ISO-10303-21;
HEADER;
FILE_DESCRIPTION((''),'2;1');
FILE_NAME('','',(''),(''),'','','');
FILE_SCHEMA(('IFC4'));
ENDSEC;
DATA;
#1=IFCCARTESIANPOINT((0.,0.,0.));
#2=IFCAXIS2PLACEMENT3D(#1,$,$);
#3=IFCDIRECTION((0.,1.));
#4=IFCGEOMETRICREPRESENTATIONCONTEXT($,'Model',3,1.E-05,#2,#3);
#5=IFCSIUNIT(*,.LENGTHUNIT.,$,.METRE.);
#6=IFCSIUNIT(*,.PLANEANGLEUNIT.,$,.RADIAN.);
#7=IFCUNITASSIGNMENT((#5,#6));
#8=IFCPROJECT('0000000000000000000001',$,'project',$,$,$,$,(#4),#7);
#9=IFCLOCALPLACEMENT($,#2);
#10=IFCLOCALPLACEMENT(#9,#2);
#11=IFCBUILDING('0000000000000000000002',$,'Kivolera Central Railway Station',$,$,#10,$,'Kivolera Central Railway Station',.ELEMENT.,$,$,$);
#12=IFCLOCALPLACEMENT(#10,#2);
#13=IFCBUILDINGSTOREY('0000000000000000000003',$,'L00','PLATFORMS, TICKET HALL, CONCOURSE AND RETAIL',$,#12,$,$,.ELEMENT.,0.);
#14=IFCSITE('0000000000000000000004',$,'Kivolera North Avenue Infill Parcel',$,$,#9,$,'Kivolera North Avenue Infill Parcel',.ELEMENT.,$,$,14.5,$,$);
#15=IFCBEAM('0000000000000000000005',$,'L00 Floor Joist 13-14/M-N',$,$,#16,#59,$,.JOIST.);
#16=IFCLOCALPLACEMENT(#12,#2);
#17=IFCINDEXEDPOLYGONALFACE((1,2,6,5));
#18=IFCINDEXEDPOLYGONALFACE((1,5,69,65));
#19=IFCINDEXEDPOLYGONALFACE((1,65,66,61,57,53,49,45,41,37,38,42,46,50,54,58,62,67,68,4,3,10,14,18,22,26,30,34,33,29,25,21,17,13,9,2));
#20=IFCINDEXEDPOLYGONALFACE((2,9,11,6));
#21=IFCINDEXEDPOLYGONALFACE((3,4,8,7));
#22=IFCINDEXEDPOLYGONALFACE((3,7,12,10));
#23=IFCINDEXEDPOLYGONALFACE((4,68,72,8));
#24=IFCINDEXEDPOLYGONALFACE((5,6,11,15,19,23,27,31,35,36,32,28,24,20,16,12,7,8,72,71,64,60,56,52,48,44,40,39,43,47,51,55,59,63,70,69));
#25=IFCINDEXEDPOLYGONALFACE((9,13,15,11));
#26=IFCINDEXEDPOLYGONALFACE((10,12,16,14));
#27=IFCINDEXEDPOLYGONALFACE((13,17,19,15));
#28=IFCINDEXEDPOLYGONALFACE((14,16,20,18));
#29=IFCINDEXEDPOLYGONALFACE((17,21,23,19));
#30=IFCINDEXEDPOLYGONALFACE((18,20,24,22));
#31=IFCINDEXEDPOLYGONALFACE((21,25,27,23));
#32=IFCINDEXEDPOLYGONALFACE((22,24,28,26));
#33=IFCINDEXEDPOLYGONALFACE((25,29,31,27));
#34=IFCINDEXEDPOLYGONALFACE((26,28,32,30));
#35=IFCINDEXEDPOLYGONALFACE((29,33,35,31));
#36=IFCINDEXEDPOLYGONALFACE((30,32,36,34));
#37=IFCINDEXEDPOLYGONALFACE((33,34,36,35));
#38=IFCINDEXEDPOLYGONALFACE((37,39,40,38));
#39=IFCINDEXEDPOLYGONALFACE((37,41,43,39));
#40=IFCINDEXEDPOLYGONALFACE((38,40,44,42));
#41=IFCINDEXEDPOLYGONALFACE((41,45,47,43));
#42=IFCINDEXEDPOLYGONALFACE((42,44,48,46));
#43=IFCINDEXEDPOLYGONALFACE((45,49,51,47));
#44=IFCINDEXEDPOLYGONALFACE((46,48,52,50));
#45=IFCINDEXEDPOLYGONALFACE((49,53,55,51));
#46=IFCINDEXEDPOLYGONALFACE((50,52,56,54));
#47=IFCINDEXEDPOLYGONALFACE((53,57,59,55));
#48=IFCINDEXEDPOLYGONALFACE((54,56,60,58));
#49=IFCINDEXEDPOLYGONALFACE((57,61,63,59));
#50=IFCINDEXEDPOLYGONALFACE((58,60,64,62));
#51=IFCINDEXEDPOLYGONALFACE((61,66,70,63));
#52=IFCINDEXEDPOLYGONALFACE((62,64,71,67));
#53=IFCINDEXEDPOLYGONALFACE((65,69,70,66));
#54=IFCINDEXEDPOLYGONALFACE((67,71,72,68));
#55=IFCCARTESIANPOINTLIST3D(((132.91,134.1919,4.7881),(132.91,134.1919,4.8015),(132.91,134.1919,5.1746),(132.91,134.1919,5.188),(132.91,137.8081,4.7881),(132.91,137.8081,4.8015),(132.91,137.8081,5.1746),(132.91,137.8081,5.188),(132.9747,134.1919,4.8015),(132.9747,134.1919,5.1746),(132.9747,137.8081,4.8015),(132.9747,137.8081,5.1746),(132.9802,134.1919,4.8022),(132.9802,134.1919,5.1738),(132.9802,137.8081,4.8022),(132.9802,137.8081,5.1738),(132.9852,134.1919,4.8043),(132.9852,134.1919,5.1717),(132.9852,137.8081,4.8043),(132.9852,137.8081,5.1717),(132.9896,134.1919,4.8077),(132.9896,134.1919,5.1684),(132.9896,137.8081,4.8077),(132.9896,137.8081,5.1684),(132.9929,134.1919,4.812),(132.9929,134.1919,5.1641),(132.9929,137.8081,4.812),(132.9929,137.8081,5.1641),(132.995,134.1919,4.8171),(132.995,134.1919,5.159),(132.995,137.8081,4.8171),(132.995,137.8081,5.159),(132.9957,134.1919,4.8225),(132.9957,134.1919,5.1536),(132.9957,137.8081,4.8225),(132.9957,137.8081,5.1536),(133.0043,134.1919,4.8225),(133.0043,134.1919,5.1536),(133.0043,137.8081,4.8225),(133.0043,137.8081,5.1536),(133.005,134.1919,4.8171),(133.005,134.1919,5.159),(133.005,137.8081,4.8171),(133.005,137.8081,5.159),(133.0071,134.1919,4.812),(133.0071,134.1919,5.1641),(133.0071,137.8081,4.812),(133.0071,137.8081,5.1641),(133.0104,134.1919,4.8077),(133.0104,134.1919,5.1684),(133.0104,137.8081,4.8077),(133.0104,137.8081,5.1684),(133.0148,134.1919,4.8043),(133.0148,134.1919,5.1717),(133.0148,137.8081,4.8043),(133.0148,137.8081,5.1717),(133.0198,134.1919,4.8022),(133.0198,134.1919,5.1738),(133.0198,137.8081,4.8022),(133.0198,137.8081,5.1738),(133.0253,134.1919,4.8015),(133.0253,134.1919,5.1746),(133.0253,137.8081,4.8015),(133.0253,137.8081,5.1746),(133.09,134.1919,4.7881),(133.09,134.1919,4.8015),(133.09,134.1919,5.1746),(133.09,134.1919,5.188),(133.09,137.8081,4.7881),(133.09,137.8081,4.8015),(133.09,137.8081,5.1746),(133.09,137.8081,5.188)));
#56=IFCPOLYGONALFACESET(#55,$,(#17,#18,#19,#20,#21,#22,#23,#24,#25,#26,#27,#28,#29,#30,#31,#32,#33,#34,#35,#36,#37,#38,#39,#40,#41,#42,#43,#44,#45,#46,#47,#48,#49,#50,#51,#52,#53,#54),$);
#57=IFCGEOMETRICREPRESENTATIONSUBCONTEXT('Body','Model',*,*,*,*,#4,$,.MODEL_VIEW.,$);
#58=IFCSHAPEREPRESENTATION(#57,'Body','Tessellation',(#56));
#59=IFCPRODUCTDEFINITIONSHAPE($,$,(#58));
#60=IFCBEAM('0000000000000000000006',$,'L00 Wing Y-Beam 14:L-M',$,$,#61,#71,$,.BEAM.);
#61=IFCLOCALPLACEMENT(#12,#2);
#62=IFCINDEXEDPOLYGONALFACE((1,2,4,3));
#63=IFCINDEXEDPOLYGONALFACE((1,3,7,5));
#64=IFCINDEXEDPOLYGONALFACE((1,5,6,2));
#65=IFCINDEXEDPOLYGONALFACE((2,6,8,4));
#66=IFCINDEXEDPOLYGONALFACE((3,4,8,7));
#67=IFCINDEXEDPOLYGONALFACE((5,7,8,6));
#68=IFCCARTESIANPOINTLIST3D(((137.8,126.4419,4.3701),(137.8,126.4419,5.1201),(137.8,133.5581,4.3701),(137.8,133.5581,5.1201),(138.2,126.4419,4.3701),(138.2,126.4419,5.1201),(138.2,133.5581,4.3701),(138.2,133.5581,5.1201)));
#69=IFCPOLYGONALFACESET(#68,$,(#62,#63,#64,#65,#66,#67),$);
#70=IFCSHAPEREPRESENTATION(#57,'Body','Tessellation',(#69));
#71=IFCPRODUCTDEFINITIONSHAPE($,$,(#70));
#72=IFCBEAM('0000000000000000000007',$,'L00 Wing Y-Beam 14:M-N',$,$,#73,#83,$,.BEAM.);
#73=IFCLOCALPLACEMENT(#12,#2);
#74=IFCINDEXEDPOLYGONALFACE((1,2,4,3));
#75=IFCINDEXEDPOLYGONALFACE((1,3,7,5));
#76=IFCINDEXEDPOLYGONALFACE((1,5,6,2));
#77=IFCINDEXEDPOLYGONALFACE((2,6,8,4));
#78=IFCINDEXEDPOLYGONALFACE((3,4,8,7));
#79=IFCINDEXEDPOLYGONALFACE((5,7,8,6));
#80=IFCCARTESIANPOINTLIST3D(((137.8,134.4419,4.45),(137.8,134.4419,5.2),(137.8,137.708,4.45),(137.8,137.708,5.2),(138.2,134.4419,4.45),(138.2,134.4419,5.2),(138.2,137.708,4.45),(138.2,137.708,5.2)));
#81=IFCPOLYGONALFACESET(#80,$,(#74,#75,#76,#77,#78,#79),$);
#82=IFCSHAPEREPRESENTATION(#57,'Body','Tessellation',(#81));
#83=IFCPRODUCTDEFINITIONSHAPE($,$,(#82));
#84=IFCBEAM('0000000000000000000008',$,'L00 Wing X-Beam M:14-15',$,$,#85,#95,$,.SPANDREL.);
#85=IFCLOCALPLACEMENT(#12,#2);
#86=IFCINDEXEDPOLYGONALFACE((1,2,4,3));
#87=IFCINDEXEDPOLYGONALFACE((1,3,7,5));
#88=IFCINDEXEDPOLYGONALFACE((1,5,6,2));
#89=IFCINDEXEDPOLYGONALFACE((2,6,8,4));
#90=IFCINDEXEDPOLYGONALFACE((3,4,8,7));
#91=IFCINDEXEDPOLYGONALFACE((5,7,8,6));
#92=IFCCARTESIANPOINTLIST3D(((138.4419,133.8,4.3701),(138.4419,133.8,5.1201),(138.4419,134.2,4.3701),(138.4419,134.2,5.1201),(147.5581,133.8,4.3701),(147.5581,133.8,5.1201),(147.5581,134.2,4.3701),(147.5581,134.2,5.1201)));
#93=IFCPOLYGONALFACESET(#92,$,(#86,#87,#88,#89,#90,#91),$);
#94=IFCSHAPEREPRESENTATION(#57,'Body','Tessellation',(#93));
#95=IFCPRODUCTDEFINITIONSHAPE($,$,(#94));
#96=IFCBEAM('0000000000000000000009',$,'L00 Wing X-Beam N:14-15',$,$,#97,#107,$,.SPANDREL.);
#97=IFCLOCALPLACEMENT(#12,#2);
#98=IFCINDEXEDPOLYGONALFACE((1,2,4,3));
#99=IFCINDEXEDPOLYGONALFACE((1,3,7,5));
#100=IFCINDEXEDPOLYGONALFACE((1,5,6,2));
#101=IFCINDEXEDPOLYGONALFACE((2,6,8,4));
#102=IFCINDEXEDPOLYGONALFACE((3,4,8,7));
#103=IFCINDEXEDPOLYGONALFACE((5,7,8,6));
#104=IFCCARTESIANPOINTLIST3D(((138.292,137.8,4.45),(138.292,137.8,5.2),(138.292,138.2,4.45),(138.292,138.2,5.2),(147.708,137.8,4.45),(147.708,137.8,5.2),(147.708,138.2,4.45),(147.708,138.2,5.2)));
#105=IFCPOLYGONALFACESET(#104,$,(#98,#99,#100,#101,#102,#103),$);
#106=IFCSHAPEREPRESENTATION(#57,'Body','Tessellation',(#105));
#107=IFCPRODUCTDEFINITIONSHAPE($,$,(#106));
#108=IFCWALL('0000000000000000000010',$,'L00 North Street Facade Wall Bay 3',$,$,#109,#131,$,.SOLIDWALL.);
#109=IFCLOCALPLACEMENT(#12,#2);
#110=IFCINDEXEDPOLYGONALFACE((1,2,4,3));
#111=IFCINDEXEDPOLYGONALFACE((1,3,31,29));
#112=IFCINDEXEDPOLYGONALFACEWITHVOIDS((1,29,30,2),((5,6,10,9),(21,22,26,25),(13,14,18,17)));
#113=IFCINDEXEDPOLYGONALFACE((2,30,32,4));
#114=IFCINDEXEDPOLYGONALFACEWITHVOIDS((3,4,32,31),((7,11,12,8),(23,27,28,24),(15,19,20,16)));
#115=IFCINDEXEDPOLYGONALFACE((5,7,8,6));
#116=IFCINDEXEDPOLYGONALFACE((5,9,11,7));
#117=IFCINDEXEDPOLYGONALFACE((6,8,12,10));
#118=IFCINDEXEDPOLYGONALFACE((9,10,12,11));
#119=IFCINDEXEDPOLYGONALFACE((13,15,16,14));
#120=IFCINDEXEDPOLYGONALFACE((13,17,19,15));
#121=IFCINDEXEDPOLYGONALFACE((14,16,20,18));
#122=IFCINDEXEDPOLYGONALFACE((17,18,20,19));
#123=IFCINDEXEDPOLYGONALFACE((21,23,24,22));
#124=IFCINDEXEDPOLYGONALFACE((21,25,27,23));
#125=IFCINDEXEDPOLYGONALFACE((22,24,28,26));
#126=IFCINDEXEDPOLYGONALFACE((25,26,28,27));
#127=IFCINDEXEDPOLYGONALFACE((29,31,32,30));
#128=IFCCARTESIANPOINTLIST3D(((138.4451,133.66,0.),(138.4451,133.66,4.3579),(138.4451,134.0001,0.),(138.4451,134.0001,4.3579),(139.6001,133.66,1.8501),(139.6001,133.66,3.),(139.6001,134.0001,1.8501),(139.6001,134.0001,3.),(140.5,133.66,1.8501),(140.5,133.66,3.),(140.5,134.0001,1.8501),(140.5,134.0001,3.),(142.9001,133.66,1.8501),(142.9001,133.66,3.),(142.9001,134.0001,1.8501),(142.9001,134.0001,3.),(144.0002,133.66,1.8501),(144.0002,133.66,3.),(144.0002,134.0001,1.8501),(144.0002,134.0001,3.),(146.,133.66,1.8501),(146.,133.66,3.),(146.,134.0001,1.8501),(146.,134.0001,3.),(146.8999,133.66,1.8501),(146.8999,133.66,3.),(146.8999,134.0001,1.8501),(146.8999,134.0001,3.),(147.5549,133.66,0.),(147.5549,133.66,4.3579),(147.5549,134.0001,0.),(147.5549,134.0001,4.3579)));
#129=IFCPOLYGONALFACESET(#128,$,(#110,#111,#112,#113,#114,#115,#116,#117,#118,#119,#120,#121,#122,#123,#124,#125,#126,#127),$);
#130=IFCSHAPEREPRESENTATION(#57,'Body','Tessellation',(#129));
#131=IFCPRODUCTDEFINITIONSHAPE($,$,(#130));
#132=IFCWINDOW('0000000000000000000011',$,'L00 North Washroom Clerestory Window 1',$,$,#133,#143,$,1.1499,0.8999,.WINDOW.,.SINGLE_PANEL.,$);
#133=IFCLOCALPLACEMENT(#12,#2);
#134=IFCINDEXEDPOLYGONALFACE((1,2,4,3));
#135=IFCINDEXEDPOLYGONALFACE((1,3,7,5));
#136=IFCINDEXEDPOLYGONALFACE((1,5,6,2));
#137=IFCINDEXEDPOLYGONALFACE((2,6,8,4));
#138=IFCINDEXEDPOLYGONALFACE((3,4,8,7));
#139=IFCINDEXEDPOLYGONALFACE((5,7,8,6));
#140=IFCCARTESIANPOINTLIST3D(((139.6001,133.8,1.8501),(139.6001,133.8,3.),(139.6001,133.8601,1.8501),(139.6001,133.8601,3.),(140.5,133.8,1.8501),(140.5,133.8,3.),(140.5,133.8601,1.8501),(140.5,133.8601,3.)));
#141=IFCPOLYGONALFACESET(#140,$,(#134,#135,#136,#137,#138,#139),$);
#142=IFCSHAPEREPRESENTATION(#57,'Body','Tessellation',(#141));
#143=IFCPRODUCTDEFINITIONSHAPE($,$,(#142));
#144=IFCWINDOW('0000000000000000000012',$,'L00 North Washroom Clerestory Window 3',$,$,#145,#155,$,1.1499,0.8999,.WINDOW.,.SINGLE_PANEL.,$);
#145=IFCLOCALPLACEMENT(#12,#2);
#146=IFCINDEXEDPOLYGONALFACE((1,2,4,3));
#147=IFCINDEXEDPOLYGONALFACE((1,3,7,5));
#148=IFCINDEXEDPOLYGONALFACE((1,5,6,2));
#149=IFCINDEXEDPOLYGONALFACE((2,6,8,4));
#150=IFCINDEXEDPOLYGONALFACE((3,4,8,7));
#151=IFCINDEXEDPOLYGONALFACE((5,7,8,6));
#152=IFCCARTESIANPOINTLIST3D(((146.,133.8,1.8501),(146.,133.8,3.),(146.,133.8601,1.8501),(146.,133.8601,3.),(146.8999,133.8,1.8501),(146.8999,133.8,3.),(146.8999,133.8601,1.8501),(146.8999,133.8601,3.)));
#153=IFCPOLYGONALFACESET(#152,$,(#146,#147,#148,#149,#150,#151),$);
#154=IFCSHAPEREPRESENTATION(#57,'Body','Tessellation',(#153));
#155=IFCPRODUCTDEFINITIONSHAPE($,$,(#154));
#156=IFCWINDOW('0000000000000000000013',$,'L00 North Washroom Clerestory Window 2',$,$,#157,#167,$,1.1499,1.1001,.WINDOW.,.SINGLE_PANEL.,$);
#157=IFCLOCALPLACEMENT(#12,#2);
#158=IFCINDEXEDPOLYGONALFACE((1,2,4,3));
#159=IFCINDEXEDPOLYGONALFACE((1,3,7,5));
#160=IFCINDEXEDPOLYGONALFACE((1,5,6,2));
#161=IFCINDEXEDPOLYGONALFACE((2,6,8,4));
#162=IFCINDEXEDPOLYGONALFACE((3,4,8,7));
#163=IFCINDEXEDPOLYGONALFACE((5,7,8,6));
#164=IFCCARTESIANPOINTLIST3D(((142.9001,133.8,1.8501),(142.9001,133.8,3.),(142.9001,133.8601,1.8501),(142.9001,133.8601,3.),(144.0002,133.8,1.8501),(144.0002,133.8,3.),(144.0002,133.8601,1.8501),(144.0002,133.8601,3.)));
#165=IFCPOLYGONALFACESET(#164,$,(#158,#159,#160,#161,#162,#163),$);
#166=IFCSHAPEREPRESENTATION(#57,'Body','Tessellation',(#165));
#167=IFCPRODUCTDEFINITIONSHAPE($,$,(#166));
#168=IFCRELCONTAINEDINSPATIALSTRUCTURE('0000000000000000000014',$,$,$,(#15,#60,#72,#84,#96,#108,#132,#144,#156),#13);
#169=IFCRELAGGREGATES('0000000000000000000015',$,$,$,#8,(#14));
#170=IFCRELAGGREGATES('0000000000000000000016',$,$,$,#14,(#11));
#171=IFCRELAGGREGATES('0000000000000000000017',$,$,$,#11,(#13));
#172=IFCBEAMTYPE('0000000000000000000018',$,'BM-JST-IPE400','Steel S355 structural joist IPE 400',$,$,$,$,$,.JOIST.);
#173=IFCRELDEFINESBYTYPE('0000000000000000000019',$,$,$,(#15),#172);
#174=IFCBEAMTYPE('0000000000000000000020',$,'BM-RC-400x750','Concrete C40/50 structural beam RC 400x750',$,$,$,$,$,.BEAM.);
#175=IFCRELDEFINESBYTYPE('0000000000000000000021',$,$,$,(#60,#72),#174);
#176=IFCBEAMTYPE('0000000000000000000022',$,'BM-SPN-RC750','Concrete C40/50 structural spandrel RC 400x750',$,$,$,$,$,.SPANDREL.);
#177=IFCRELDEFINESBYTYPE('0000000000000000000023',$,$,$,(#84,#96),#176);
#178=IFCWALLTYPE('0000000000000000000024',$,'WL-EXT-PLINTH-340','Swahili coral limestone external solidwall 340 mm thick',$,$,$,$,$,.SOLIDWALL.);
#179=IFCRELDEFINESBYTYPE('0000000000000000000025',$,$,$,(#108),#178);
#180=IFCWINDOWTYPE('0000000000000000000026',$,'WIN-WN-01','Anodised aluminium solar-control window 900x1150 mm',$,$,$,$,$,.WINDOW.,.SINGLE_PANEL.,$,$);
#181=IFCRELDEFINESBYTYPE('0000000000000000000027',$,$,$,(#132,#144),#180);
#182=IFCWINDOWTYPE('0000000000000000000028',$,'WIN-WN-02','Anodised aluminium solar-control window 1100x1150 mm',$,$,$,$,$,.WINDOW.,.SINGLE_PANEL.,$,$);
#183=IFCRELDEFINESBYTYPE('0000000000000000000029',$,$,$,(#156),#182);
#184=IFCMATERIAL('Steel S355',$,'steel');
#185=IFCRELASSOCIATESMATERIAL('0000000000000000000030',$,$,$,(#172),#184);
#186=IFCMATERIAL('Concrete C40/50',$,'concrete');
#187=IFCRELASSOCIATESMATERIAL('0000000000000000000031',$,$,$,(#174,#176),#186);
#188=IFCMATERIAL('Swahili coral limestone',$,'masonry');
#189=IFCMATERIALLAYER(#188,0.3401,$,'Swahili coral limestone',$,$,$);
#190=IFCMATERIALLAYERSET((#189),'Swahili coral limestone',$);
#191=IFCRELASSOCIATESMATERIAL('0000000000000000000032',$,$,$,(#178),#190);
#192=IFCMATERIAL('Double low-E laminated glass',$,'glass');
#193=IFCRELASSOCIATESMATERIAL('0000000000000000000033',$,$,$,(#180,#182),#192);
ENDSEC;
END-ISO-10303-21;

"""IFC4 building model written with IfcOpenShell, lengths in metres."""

from ifc_helpers import new_model, si_unit, direction, frame, frame_2d, origin, origin_2d, place, context, subcontext, project, spatial, rectangle, i_section, extrude, material, layer, layer_set, material_profile, profile_set, type_object, element, fill, save


model = new_model("IFC4")

# Units and contexts
model_context = context("Model", 3, precision=1e-05, world=origin(), true_north=direction((0.0, 1.0)))
body_context = subcontext(model_context, "Body", "Model", "MODEL_VIEW")
ifc_project = project(units=[si_unit("LENGTHUNIT", "METRE"), si_unit("PLANEANGLEUNIT", "RADIAN")], contexts=[model_context])

# Site, building, storey
site_placement = place(None, origin())
site = spatial("IfcSite", under=ifc_project, at=site_placement, Name="Kivolera North Avenue Infill Parcel", LongName="Kivolera North Avenue Infill Parcel", CompositionType="ELEMENT", RefElevation=14.5)
building_placement = place(site_placement, origin())
building = spatial("IfcBuilding", under=site, at=building_placement, Name="Kivolera Central Railway Station", LongName="Kivolera Central Railway Station", CompositionType="ELEMENT")
storey_placement = place(building_placement, origin())
storey = spatial("IfcBuildingStorey", under=building, at=storey_placement, Name="L00", Description="PLATFORMS, TICKET HALL, CONCOURSE AND RETAIL", CompositionType="ELEMENT", Elevation=0.0)

# Shared definitions
ifc_material_1 = material(Name="Concrete C40/50", Category="concrete")

# Beams
ifc_material_2 = material(Name="Steel S355", Category="steel")
ifc_material_profile_1 = material_profile(ifc_material_2, i_section(OverallWidth=0.1799, OverallDepth=0.3999, WebThickness=0.0085, FlangeThickness=0.0134, FilletRadius=0.021, at=origin_2d()), Name="IPE 400")
ifc_profile_set_1 = profile_set([ifc_material_profile_1], Name="Steel S355")
beam_type_1 = type_object("IfcBeamType", Name="BM-JST-IPE400", Description="Steel S355 structural joist IPE 400", PredefinedType="JOIST", material=ifc_profile_set_1)
beam_1_placement = place(storey_placement, frame((133.0, 134.1919, 4.988), z_axis=(0.0, 1.0, 0.0), x_axis=(-1.0, 0.0, 0.0)))
element("IfcBeam", 1, at=beam_1_placement, inside=storey, type_object=beam_type_1, Name="L00 Floor Joist 13-14/M-N", PredefinedType="JOIST", context=body_context, shape_type="SweptSolid", body=[
    extrude(i_section(OverallWidth=0.1799, OverallDepth=0.3999, WebThickness=0.0085, FlangeThickness=0.0134, FilletRadius=0.021, at=origin_2d()), origin(), (0.0, 0.0, 1.0), 3.6162),
])
ifc_material_profile_2 = material_profile(ifc_material_1, rectangle(XDim=0.3999, YDim=0.75, at=origin_2d()), Name="RC 400x750")
ifc_profile_set_2 = profile_set([ifc_material_profile_2], Name="Concrete C40/50")
beam_type_2 = type_object("IfcBeamType", Name="BM-RC-400x750", Description="Concrete C40/50 structural beam RC 400x750", PredefinedType="BEAM", material=ifc_profile_set_2)
beam_2_placement = place(storey_placement, frame((138.0, 126.4419, 4.7451), z_axis=(0.0, 1.0, 0.0), x_axis=(-1.0, 0.0, 0.0)))
element("IfcBeam", 2, at=beam_2_placement, inside=storey, type_object=beam_type_2, Name="L00 Wing Y-Beam 14:L-M", PredefinedType="BEAM", context=body_context, shape_type="SweptSolid", body=[
    extrude(rectangle(XDim=0.3999, YDim=0.75, at=origin_2d()), origin(), (0.0, 0.0, 1.0), 7.1162),
])
beam_3_placement = place(storey_placement, frame((138.0, 134.4419, 4.825), z_axis=(0.0, 1.0, 0.0), x_axis=(-1.0, 0.0, 0.0)))
element("IfcBeam", 3, at=beam_3_placement, inside=storey, type_object=beam_type_2, Name="L00 Wing Y-Beam 14:M-N", PredefinedType="BEAM", context=body_context, shape_type="SweptSolid", body=[
    extrude(rectangle(XDim=0.3999, YDim=0.75, at=origin_2d()), origin(), (0.0, 0.0, 1.0), 3.2661),
])
ifc_material_profile_3 = material_profile(ifc_material_1, rectangle(XDim=0.3999, YDim=0.75, at=origin_2d()), Name="RC 400x750")
ifc_profile_set_3 = profile_set([ifc_material_profile_3], Name="Concrete C40/50")
beam_type_3 = type_object("IfcBeamType", Name="BM-SPN-RC750", Description="Concrete C40/50 structural spandrel RC 400x750", PredefinedType="SPANDREL", material=ifc_profile_set_3)
beam_4_placement = place(storey_placement, frame((138.4419, 134.0, 4.7451), z_axis=(1.0, 0.0, 0.0), x_axis=(0.0, 1.0, 0.0)))
element("IfcBeam", 4, at=beam_4_placement, inside=storey, type_object=beam_type_3, Name="L00 Wing X-Beam M:14-15", PredefinedType="SPANDREL", context=body_context, shape_type="SweptSolid", body=[
    extrude(rectangle(XDim=0.3999, YDim=0.75, at=origin_2d()), origin(), (0.0, 0.0, 1.0), 9.1162),
])
beam_5_placement = place(storey_placement, frame((138.292, 138.0, 4.825), z_axis=(1.0, 0.0, 0.0), x_axis=(0.0, 1.0, 0.0)))
element("IfcBeam", 5, at=beam_5_placement, inside=storey, type_object=beam_type_3, Name="L00 Wing X-Beam N:14-15", PredefinedType="SPANDREL", context=body_context, shape_type="SweptSolid", body=[
    extrude(rectangle(XDim=0.3999, YDim=0.75, at=origin_2d()), origin(), (0.0, 0.0, 1.0), 9.416),
])

# Wall, openings, windows
ifc_material_3 = material(Name="Swahili coral limestone", Category="masonry")
ifc_layer_1 = layer(ifc_material_3, 0.3401, Name="Swahili coral limestone")
ifc_layer_set_1 = layer_set([ifc_layer_1], Name="Swahili coral limestone")
wall_type_1 = type_object("IfcWallType", Name="WL-EXT-PLINTH-340", Description="Swahili coral limestone external solidwall 340 mm thick", PredefinedType="SOLIDWALL", material=ifc_layer_set_1)
wall_1_placement = place(storey_placement, frame((138.4451, 133.8301, 0.0), z_axis=(0.0, 0.0, 1.0), x_axis=(1.0, 0.0, 0.0)))
wall_1 = element("IfcWall", 6, at=wall_1_placement, inside=storey, type_object=wall_type_1, Name="L00 North Street Facade Wall Bay 3", PredefinedType="SOLIDWALL", context=body_context, shape_type="SweptSolid", body=[
    extrude(rectangle(XDim=9.1099, YDim=0.3401, at=frame_2d((4.5549, 0.0))), origin(), (0.0, 0.0, 1.0), 4.3579),
])
opening_1_placement = place(wall_1_placement, frame((1.155, 0.0, 1.8501)))
opening_1 = element("IfcOpeningElement", 7, at=opening_1_placement, cuts=wall_1, PredefinedType="OPENING", context=body_context, shape_type="SweptSolid", body=[
    extrude(rectangle(XDim=0.8999, YDim=1.1499, at=frame_2d((0.45, 0.575))), frame((0.0, 0.1799, 0.0), z_axis=(0.0, -1.0, 0.0), x_axis=(1.0, 0.0, 0.0)), (0.0, 0.0, 1.0), 0.3601),
])
opening_2_placement = place(wall_1_placement, frame((4.4551, 0.0, 1.8501)))
opening_2 = element("IfcOpeningElement", 8, at=opening_2_placement, cuts=wall_1, PredefinedType="OPENING", context=body_context, shape_type="SweptSolid", body=[
    extrude(rectangle(XDim=1.1001, YDim=1.1499, at=frame_2d((0.55, 0.575))), frame((0.0, 0.1799, 0.0), z_axis=(0.0, -1.0, 0.0), x_axis=(1.0, 0.0, 0.0)), (0.0, 0.0, 1.0), 0.3601),
])
opening_3_placement = place(wall_1_placement, frame((7.5549, 0.0, 1.8501)))
opening_3 = element("IfcOpeningElement", 9, at=opening_3_placement, cuts=wall_1, PredefinedType="OPENING", context=body_context, shape_type="SweptSolid", body=[
    extrude(rectangle(XDim=0.8999, YDim=1.1499, at=frame_2d((0.45, 0.575))), frame((0.0, 0.1799, 0.0), z_axis=(0.0, -1.0, 0.0), x_axis=(1.0, 0.0, 0.0)), (0.0, 0.0, 1.0), 0.3601),
])
ifc_material_4 = material(Name="Double low-E laminated glass", Category="glass")
window_type_1 = type_object("IfcWindowType", Name="WIN-WN-01", Description="Anodised aluminium solar-control window 900x1150 mm", PartitioningType="SINGLE_PANEL", PredefinedType="WINDOW", material=ifc_material_4)
window_1_placement = place(opening_1_placement, origin())
window_1 = element("IfcWindow", 10, at=window_1_placement, inside=storey, type_object=window_type_1, Name="L00 North Washroom Clerestory Window 1", OverallHeight=1.1499, OverallWidth=0.8999, PartitioningType="SINGLE_PANEL", PredefinedType="WINDOW", context=body_context, shape_type="SweptSolid", body=[
    extrude(rectangle(XDim=0.8999, YDim=1.1499, at=frame_2d((0.45, 0.575))), frame((0.0, 0.03, 0.0), z_axis=(0.0, -1.0, 0.0), x_axis=(1.0, 0.0, 0.0)), (0.0, 0.0, 1.0), 0.0601),
])
fill(opening_1, window_1)
window_2_placement = place(opening_3_placement, origin())
window_2 = element("IfcWindow", 11, at=window_2_placement, inside=storey, type_object=window_type_1, Name="L00 North Washroom Clerestory Window 3", OverallHeight=1.1499, OverallWidth=0.8999, PartitioningType="SINGLE_PANEL", PredefinedType="WINDOW", context=body_context, shape_type="SweptSolid", body=[
    extrude(rectangle(XDim=0.8999, YDim=1.1499, at=frame_2d((0.45, 0.575))), frame((0.0, 0.03, 0.0), z_axis=(0.0, -1.0, 0.0), x_axis=(1.0, 0.0, 0.0)), (0.0, 0.0, 1.0), 0.0601),
])
fill(opening_3, window_2)
window_type_2 = type_object("IfcWindowType", Name="WIN-WN-02", Description="Anodised aluminium solar-control window 1100x1150 mm", PartitioningType="SINGLE_PANEL", PredefinedType="WINDOW", material=ifc_material_4)
window_3_placement = place(opening_2_placement, origin())
window_3 = element("IfcWindow", 12, at=window_3_placement, inside=storey, type_object=window_type_2, Name="L00 North Washroom Clerestory Window 2", OverallHeight=1.1499, OverallWidth=1.1001, PartitioningType="SINGLE_PANEL", PredefinedType="WINDOW", context=body_context, shape_type="SweptSolid", body=[
    extrude(rectangle(XDim=1.1001, YDim=1.1499, at=frame_2d((0.55, 0.575))), frame((0.0, 0.03, 0.0), z_axis=(0.0, -1.0, 0.0), x_axis=(1.0, 0.0, 0.0)), (0.0, 0.0, 1.0), 0.0601),
])
fill(opening_2, window_3)

save(model, "model.ifc")
